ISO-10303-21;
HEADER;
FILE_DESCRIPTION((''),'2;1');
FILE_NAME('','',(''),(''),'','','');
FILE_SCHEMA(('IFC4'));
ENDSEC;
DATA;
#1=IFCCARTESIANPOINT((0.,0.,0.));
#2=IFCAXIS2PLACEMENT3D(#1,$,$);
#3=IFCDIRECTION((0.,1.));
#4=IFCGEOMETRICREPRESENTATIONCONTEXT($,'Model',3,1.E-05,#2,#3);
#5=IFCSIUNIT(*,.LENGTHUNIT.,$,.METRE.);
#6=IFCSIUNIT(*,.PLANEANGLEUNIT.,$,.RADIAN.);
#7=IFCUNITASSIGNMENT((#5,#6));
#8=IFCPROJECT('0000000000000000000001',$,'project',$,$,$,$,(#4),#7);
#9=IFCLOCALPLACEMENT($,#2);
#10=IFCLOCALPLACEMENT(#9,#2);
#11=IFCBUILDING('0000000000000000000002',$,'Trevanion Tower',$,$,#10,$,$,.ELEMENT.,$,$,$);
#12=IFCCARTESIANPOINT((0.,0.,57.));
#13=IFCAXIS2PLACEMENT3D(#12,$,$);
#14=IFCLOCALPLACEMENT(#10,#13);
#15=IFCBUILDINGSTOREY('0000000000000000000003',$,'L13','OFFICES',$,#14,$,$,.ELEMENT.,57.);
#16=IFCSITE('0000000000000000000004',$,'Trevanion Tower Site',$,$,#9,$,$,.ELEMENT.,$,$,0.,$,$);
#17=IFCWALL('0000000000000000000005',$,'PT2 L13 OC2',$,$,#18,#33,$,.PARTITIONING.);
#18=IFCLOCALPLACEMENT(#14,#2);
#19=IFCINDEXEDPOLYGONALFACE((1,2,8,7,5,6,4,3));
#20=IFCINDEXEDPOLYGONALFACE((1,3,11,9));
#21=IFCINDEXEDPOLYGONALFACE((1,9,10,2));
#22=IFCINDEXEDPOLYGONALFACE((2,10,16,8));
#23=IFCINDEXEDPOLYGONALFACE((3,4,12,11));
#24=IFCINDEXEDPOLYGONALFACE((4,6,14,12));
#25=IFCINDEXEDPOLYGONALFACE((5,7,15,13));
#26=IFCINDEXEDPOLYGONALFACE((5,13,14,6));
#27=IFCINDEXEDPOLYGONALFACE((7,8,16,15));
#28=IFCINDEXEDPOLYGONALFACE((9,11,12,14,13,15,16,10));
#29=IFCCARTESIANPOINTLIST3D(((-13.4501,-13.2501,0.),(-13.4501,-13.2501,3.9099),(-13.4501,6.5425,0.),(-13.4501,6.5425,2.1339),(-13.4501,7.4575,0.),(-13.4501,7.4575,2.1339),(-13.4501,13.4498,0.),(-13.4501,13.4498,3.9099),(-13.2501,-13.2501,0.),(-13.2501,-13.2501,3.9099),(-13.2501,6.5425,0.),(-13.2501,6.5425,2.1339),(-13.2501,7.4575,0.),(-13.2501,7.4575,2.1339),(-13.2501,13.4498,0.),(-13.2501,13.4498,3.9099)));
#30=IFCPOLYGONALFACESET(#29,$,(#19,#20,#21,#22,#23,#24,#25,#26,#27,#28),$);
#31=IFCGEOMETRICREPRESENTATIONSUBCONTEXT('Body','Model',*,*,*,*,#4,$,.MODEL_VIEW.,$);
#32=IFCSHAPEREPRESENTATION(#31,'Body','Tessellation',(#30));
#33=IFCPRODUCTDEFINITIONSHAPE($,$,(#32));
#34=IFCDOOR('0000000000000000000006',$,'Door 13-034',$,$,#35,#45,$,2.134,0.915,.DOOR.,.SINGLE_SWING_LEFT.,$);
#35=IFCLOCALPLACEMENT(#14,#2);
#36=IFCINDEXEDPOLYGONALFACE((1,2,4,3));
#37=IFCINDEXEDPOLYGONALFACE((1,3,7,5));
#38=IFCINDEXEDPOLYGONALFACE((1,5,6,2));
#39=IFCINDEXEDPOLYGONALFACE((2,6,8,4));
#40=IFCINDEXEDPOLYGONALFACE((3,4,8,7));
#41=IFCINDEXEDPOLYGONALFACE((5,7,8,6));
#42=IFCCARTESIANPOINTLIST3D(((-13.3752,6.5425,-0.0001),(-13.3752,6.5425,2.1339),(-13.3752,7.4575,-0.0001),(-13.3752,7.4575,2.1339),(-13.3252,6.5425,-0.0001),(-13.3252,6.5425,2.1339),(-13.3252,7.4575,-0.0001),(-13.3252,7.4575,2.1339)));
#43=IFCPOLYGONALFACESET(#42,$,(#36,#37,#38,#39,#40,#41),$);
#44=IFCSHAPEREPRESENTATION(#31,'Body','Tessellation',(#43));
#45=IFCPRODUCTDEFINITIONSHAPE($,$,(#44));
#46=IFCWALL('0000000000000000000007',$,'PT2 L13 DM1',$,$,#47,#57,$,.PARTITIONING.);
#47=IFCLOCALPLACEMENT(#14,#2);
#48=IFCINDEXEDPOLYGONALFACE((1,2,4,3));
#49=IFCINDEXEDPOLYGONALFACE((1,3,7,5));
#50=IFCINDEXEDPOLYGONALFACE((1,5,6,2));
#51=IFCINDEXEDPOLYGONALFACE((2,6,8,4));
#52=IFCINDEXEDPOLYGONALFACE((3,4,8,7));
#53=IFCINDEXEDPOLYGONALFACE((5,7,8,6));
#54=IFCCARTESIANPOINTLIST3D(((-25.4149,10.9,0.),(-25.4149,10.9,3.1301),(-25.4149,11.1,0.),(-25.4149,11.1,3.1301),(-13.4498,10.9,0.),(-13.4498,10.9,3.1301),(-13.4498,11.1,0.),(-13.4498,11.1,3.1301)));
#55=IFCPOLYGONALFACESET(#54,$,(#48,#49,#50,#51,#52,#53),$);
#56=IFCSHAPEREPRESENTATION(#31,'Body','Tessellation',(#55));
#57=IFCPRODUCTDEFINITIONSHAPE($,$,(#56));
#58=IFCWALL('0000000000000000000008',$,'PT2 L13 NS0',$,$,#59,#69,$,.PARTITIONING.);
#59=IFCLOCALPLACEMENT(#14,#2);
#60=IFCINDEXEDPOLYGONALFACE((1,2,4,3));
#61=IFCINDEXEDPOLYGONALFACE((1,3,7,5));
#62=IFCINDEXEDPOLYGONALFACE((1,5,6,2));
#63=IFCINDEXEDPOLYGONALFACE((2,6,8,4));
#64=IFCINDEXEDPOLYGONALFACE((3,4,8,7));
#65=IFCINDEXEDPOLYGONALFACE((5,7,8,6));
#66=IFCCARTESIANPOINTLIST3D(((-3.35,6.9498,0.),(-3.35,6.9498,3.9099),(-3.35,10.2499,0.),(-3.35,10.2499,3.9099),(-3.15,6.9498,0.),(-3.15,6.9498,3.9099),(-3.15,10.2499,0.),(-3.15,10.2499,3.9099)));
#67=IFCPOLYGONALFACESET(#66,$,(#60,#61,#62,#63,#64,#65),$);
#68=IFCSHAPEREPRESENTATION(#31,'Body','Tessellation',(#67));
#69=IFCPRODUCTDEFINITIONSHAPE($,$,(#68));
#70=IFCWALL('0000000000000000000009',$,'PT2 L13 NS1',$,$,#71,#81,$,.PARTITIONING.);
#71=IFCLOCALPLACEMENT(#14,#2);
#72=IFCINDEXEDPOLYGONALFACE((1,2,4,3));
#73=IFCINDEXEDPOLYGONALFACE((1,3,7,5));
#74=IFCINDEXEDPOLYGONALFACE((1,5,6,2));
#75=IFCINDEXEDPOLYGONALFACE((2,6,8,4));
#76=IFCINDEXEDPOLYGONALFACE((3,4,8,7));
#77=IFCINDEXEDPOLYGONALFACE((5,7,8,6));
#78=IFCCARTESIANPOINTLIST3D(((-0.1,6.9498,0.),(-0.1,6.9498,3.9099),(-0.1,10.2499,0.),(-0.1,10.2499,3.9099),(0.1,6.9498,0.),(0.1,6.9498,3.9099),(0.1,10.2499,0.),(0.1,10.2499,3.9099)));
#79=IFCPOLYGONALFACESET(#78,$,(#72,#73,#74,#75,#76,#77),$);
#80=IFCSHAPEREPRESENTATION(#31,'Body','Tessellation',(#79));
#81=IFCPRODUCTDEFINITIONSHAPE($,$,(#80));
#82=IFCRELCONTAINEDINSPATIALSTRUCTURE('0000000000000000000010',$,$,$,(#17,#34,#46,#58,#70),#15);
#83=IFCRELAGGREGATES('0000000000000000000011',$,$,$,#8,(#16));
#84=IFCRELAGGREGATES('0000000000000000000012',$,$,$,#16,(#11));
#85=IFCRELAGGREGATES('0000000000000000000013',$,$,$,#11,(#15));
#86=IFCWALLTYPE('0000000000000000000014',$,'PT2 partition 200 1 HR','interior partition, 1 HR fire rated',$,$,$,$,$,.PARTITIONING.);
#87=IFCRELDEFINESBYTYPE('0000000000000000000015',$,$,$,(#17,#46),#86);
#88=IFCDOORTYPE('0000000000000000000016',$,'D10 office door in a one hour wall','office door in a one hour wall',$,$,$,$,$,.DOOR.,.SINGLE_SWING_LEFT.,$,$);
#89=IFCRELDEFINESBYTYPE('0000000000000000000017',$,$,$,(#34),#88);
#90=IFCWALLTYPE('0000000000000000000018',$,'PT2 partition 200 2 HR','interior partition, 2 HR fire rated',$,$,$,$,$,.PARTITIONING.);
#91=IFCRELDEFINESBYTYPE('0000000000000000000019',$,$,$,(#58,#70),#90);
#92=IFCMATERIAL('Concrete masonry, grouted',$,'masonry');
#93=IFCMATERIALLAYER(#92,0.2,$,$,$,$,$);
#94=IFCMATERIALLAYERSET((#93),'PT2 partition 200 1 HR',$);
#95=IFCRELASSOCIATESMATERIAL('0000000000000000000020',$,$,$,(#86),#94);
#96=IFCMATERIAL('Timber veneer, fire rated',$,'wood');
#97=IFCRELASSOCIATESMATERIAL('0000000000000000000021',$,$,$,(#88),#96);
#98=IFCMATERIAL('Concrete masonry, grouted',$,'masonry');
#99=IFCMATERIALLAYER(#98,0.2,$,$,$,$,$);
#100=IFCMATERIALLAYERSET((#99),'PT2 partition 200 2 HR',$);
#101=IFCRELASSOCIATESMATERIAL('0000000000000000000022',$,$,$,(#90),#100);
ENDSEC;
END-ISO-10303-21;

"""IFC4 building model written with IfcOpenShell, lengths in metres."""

from ifc_helpers import new_model, si_unit, direction, frame, frame_2d, origin, place, context, subcontext, project, spatial, rectangle, extrude, material, layer, layer_set, type_object, element, fill, save


model = new_model("IFC4")

# Units and contexts
model_context = context("Model", 3, precision=1e-05, world=origin(), true_north=direction((0.0, 1.0)))
body_context = subcontext(model_context, "Body", "Model", "MODEL_VIEW")
ifc_project = project(units=[si_unit("LENGTHUNIT", "METRE"), si_unit("PLANEANGLEUNIT", "RADIAN")], contexts=[model_context])

# Site, building, storey
site_placement = place(None, origin())
site = spatial("IfcSite", under=ifc_project, at=site_placement, Name="Trevanion Tower Site", CompositionType="ELEMENT", RefElevation=0.0)
building_placement = place(site_placement, origin())
building = spatial("IfcBuilding", under=site, at=building_placement, Name="Trevanion Tower", CompositionType="ELEMENT")
storey_placement = place(building_placement, frame((0.0, 0.0, 57.0)))
storey = spatial("IfcBuildingStorey", under=building, at=storey_placement, Name="L13", Description="OFFICES", CompositionType="ELEMENT", Elevation=57.0)

# Wall, opening, door
ifc_material_1 = material(Name="Concrete masonry, grouted", Category="masonry")
ifc_layer_1 = layer(ifc_material_1, 0.2)
ifc_layer_set_1 = layer_set([ifc_layer_1], Name="PT2 partition 200 1 HR")
wall_type_1 = type_object("IfcWallType", Name="PT2 partition 200 1 HR", Description="interior partition, 1 HR fire rated", PredefinedType="PARTITIONING", material=ifc_layer_set_1)
wall_1_placement = place(storey_placement, frame((-13.3501, 13.45, 0.0), z_axis=(0.0, 0.0, 1.0), x_axis=(0.0, -1.0, 0.0)))
wall_1 = element("IfcWall", 1, at=wall_1_placement, inside=storey, type_object=wall_type_1, Name="PT2 L13 OC2", PredefinedType="PARTITIONING", context=body_context, shape_type="SweptSolid", body=[
    extrude(rectangle(XDim=26.7, YDim=0.2, at=frame_2d((13.3501, 0.0))), origin(), (0.0, 0.0, 1.0), 3.9099),
])
opening_1_placement = place(wall_1_placement, frame((5.9924, 0.0, 0.0)))
opening_1 = element("IfcOpeningElement", 2, at=opening_1_placement, cuts=wall_1, PredefinedType="OPENING", context=body_context, shape_type="SweptSolid", body=[
    extrude(rectangle(XDim=0.915, YDim=2.134, at=frame_2d((0.4575, 1.0669))), frame((0.0, 0.1099, 0.0), z_axis=(0.0, -1.0, 0.0), x_axis=(1.0, 0.0, 0.0)), (0.0, 0.0, 1.0), 0.22),
])
ifc_material_2 = material(Name="Timber veneer, fire rated", Category="wood")
door_type_1 = type_object("IfcDoorType", Name="D10 office door in a one hour wall", Description="office door in a one hour wall", OperationType="SINGLE_SWING_LEFT", PredefinedType="DOOR", material=ifc_material_2)
door_1_placement = place(opening_1_placement, origin())
door_1 = element("IfcDoor", 3, at=door_1_placement, inside=storey, type_object=door_type_1, Name="Door 13-034", OperationType="SINGLE_SWING_LEFT", OverallHeight=2.134, OverallWidth=0.915, PredefinedType="DOOR", context=body_context, shape_type="SweptSolid", body=[
    extrude(rectangle(XDim=0.915, YDim=2.134, at=frame_2d((0.4575, 1.0669))), frame((0.0, 0.0249, 0.0), z_axis=(0.0, -1.0, 0.0), x_axis=(1.0, 0.0, 0.0)), (0.0, 0.0, 1.0), 0.05),
])
fill(opening_1, door_1)

# Walls
wall_2_placement = place(storey_placement, frame((-13.45, 11.0, 0.0), z_axis=(0.0, 0.0, 1.0), x_axis=(-1.0, 0.0, 0.0)))
element("IfcWall", 4, at=wall_2_placement, inside=storey, type_object=wall_type_1, Name="PT2 L13 DM1", PredefinedType="PARTITIONING", context=body_context, shape_type="SweptSolid", body=[
    extrude(rectangle(XDim=11.9651, YDim=0.2, at=frame_2d((5.9824, 0.0))), origin(), (0.0, 0.0, 1.0), 3.1301),
])
ifc_material_3 = material(Name="Concrete masonry, grouted", Category="masonry")
ifc_layer_2 = layer(ifc_material_3, 0.2)
ifc_layer_set_2 = layer_set([ifc_layer_2], Name="PT2 partition 200 2 HR")
wall_type_2 = type_object("IfcWallType", Name="PT2 partition 200 2 HR", Description="interior partition, 2 HR fire rated", PredefinedType="PARTITIONING", material=ifc_layer_set_2)
for number, where, z_axis, x_axis, name in (
    (5, (-3.25, 6.95, 0.0), (0.0, 0.0, 1.0), (0.0, 1.0, 0.0), "PT2 L13 NS0"),
    (6, (0.0, 6.95, 0.0), (0.0, 0.0, 1.0), (0.0, 1.0, 0.0), "PT2 L13 NS1"),
):
    element("IfcWall", number, at=place(storey_placement, frame(where, z_axis=z_axis, x_axis=x_axis)), inside=storey, type_object=wall_type_2, Name=name, PredefinedType="PARTITIONING", context=body_context, shape_type="SweptSolid", body=[
        extrude(rectangle(XDim=3.3, YDim=0.2, at=frame_2d((1.6499, 0.0))), origin(), (0.0, 0.0, 1.0), 3.9099),
    ])

save(model, "model.ifc")
